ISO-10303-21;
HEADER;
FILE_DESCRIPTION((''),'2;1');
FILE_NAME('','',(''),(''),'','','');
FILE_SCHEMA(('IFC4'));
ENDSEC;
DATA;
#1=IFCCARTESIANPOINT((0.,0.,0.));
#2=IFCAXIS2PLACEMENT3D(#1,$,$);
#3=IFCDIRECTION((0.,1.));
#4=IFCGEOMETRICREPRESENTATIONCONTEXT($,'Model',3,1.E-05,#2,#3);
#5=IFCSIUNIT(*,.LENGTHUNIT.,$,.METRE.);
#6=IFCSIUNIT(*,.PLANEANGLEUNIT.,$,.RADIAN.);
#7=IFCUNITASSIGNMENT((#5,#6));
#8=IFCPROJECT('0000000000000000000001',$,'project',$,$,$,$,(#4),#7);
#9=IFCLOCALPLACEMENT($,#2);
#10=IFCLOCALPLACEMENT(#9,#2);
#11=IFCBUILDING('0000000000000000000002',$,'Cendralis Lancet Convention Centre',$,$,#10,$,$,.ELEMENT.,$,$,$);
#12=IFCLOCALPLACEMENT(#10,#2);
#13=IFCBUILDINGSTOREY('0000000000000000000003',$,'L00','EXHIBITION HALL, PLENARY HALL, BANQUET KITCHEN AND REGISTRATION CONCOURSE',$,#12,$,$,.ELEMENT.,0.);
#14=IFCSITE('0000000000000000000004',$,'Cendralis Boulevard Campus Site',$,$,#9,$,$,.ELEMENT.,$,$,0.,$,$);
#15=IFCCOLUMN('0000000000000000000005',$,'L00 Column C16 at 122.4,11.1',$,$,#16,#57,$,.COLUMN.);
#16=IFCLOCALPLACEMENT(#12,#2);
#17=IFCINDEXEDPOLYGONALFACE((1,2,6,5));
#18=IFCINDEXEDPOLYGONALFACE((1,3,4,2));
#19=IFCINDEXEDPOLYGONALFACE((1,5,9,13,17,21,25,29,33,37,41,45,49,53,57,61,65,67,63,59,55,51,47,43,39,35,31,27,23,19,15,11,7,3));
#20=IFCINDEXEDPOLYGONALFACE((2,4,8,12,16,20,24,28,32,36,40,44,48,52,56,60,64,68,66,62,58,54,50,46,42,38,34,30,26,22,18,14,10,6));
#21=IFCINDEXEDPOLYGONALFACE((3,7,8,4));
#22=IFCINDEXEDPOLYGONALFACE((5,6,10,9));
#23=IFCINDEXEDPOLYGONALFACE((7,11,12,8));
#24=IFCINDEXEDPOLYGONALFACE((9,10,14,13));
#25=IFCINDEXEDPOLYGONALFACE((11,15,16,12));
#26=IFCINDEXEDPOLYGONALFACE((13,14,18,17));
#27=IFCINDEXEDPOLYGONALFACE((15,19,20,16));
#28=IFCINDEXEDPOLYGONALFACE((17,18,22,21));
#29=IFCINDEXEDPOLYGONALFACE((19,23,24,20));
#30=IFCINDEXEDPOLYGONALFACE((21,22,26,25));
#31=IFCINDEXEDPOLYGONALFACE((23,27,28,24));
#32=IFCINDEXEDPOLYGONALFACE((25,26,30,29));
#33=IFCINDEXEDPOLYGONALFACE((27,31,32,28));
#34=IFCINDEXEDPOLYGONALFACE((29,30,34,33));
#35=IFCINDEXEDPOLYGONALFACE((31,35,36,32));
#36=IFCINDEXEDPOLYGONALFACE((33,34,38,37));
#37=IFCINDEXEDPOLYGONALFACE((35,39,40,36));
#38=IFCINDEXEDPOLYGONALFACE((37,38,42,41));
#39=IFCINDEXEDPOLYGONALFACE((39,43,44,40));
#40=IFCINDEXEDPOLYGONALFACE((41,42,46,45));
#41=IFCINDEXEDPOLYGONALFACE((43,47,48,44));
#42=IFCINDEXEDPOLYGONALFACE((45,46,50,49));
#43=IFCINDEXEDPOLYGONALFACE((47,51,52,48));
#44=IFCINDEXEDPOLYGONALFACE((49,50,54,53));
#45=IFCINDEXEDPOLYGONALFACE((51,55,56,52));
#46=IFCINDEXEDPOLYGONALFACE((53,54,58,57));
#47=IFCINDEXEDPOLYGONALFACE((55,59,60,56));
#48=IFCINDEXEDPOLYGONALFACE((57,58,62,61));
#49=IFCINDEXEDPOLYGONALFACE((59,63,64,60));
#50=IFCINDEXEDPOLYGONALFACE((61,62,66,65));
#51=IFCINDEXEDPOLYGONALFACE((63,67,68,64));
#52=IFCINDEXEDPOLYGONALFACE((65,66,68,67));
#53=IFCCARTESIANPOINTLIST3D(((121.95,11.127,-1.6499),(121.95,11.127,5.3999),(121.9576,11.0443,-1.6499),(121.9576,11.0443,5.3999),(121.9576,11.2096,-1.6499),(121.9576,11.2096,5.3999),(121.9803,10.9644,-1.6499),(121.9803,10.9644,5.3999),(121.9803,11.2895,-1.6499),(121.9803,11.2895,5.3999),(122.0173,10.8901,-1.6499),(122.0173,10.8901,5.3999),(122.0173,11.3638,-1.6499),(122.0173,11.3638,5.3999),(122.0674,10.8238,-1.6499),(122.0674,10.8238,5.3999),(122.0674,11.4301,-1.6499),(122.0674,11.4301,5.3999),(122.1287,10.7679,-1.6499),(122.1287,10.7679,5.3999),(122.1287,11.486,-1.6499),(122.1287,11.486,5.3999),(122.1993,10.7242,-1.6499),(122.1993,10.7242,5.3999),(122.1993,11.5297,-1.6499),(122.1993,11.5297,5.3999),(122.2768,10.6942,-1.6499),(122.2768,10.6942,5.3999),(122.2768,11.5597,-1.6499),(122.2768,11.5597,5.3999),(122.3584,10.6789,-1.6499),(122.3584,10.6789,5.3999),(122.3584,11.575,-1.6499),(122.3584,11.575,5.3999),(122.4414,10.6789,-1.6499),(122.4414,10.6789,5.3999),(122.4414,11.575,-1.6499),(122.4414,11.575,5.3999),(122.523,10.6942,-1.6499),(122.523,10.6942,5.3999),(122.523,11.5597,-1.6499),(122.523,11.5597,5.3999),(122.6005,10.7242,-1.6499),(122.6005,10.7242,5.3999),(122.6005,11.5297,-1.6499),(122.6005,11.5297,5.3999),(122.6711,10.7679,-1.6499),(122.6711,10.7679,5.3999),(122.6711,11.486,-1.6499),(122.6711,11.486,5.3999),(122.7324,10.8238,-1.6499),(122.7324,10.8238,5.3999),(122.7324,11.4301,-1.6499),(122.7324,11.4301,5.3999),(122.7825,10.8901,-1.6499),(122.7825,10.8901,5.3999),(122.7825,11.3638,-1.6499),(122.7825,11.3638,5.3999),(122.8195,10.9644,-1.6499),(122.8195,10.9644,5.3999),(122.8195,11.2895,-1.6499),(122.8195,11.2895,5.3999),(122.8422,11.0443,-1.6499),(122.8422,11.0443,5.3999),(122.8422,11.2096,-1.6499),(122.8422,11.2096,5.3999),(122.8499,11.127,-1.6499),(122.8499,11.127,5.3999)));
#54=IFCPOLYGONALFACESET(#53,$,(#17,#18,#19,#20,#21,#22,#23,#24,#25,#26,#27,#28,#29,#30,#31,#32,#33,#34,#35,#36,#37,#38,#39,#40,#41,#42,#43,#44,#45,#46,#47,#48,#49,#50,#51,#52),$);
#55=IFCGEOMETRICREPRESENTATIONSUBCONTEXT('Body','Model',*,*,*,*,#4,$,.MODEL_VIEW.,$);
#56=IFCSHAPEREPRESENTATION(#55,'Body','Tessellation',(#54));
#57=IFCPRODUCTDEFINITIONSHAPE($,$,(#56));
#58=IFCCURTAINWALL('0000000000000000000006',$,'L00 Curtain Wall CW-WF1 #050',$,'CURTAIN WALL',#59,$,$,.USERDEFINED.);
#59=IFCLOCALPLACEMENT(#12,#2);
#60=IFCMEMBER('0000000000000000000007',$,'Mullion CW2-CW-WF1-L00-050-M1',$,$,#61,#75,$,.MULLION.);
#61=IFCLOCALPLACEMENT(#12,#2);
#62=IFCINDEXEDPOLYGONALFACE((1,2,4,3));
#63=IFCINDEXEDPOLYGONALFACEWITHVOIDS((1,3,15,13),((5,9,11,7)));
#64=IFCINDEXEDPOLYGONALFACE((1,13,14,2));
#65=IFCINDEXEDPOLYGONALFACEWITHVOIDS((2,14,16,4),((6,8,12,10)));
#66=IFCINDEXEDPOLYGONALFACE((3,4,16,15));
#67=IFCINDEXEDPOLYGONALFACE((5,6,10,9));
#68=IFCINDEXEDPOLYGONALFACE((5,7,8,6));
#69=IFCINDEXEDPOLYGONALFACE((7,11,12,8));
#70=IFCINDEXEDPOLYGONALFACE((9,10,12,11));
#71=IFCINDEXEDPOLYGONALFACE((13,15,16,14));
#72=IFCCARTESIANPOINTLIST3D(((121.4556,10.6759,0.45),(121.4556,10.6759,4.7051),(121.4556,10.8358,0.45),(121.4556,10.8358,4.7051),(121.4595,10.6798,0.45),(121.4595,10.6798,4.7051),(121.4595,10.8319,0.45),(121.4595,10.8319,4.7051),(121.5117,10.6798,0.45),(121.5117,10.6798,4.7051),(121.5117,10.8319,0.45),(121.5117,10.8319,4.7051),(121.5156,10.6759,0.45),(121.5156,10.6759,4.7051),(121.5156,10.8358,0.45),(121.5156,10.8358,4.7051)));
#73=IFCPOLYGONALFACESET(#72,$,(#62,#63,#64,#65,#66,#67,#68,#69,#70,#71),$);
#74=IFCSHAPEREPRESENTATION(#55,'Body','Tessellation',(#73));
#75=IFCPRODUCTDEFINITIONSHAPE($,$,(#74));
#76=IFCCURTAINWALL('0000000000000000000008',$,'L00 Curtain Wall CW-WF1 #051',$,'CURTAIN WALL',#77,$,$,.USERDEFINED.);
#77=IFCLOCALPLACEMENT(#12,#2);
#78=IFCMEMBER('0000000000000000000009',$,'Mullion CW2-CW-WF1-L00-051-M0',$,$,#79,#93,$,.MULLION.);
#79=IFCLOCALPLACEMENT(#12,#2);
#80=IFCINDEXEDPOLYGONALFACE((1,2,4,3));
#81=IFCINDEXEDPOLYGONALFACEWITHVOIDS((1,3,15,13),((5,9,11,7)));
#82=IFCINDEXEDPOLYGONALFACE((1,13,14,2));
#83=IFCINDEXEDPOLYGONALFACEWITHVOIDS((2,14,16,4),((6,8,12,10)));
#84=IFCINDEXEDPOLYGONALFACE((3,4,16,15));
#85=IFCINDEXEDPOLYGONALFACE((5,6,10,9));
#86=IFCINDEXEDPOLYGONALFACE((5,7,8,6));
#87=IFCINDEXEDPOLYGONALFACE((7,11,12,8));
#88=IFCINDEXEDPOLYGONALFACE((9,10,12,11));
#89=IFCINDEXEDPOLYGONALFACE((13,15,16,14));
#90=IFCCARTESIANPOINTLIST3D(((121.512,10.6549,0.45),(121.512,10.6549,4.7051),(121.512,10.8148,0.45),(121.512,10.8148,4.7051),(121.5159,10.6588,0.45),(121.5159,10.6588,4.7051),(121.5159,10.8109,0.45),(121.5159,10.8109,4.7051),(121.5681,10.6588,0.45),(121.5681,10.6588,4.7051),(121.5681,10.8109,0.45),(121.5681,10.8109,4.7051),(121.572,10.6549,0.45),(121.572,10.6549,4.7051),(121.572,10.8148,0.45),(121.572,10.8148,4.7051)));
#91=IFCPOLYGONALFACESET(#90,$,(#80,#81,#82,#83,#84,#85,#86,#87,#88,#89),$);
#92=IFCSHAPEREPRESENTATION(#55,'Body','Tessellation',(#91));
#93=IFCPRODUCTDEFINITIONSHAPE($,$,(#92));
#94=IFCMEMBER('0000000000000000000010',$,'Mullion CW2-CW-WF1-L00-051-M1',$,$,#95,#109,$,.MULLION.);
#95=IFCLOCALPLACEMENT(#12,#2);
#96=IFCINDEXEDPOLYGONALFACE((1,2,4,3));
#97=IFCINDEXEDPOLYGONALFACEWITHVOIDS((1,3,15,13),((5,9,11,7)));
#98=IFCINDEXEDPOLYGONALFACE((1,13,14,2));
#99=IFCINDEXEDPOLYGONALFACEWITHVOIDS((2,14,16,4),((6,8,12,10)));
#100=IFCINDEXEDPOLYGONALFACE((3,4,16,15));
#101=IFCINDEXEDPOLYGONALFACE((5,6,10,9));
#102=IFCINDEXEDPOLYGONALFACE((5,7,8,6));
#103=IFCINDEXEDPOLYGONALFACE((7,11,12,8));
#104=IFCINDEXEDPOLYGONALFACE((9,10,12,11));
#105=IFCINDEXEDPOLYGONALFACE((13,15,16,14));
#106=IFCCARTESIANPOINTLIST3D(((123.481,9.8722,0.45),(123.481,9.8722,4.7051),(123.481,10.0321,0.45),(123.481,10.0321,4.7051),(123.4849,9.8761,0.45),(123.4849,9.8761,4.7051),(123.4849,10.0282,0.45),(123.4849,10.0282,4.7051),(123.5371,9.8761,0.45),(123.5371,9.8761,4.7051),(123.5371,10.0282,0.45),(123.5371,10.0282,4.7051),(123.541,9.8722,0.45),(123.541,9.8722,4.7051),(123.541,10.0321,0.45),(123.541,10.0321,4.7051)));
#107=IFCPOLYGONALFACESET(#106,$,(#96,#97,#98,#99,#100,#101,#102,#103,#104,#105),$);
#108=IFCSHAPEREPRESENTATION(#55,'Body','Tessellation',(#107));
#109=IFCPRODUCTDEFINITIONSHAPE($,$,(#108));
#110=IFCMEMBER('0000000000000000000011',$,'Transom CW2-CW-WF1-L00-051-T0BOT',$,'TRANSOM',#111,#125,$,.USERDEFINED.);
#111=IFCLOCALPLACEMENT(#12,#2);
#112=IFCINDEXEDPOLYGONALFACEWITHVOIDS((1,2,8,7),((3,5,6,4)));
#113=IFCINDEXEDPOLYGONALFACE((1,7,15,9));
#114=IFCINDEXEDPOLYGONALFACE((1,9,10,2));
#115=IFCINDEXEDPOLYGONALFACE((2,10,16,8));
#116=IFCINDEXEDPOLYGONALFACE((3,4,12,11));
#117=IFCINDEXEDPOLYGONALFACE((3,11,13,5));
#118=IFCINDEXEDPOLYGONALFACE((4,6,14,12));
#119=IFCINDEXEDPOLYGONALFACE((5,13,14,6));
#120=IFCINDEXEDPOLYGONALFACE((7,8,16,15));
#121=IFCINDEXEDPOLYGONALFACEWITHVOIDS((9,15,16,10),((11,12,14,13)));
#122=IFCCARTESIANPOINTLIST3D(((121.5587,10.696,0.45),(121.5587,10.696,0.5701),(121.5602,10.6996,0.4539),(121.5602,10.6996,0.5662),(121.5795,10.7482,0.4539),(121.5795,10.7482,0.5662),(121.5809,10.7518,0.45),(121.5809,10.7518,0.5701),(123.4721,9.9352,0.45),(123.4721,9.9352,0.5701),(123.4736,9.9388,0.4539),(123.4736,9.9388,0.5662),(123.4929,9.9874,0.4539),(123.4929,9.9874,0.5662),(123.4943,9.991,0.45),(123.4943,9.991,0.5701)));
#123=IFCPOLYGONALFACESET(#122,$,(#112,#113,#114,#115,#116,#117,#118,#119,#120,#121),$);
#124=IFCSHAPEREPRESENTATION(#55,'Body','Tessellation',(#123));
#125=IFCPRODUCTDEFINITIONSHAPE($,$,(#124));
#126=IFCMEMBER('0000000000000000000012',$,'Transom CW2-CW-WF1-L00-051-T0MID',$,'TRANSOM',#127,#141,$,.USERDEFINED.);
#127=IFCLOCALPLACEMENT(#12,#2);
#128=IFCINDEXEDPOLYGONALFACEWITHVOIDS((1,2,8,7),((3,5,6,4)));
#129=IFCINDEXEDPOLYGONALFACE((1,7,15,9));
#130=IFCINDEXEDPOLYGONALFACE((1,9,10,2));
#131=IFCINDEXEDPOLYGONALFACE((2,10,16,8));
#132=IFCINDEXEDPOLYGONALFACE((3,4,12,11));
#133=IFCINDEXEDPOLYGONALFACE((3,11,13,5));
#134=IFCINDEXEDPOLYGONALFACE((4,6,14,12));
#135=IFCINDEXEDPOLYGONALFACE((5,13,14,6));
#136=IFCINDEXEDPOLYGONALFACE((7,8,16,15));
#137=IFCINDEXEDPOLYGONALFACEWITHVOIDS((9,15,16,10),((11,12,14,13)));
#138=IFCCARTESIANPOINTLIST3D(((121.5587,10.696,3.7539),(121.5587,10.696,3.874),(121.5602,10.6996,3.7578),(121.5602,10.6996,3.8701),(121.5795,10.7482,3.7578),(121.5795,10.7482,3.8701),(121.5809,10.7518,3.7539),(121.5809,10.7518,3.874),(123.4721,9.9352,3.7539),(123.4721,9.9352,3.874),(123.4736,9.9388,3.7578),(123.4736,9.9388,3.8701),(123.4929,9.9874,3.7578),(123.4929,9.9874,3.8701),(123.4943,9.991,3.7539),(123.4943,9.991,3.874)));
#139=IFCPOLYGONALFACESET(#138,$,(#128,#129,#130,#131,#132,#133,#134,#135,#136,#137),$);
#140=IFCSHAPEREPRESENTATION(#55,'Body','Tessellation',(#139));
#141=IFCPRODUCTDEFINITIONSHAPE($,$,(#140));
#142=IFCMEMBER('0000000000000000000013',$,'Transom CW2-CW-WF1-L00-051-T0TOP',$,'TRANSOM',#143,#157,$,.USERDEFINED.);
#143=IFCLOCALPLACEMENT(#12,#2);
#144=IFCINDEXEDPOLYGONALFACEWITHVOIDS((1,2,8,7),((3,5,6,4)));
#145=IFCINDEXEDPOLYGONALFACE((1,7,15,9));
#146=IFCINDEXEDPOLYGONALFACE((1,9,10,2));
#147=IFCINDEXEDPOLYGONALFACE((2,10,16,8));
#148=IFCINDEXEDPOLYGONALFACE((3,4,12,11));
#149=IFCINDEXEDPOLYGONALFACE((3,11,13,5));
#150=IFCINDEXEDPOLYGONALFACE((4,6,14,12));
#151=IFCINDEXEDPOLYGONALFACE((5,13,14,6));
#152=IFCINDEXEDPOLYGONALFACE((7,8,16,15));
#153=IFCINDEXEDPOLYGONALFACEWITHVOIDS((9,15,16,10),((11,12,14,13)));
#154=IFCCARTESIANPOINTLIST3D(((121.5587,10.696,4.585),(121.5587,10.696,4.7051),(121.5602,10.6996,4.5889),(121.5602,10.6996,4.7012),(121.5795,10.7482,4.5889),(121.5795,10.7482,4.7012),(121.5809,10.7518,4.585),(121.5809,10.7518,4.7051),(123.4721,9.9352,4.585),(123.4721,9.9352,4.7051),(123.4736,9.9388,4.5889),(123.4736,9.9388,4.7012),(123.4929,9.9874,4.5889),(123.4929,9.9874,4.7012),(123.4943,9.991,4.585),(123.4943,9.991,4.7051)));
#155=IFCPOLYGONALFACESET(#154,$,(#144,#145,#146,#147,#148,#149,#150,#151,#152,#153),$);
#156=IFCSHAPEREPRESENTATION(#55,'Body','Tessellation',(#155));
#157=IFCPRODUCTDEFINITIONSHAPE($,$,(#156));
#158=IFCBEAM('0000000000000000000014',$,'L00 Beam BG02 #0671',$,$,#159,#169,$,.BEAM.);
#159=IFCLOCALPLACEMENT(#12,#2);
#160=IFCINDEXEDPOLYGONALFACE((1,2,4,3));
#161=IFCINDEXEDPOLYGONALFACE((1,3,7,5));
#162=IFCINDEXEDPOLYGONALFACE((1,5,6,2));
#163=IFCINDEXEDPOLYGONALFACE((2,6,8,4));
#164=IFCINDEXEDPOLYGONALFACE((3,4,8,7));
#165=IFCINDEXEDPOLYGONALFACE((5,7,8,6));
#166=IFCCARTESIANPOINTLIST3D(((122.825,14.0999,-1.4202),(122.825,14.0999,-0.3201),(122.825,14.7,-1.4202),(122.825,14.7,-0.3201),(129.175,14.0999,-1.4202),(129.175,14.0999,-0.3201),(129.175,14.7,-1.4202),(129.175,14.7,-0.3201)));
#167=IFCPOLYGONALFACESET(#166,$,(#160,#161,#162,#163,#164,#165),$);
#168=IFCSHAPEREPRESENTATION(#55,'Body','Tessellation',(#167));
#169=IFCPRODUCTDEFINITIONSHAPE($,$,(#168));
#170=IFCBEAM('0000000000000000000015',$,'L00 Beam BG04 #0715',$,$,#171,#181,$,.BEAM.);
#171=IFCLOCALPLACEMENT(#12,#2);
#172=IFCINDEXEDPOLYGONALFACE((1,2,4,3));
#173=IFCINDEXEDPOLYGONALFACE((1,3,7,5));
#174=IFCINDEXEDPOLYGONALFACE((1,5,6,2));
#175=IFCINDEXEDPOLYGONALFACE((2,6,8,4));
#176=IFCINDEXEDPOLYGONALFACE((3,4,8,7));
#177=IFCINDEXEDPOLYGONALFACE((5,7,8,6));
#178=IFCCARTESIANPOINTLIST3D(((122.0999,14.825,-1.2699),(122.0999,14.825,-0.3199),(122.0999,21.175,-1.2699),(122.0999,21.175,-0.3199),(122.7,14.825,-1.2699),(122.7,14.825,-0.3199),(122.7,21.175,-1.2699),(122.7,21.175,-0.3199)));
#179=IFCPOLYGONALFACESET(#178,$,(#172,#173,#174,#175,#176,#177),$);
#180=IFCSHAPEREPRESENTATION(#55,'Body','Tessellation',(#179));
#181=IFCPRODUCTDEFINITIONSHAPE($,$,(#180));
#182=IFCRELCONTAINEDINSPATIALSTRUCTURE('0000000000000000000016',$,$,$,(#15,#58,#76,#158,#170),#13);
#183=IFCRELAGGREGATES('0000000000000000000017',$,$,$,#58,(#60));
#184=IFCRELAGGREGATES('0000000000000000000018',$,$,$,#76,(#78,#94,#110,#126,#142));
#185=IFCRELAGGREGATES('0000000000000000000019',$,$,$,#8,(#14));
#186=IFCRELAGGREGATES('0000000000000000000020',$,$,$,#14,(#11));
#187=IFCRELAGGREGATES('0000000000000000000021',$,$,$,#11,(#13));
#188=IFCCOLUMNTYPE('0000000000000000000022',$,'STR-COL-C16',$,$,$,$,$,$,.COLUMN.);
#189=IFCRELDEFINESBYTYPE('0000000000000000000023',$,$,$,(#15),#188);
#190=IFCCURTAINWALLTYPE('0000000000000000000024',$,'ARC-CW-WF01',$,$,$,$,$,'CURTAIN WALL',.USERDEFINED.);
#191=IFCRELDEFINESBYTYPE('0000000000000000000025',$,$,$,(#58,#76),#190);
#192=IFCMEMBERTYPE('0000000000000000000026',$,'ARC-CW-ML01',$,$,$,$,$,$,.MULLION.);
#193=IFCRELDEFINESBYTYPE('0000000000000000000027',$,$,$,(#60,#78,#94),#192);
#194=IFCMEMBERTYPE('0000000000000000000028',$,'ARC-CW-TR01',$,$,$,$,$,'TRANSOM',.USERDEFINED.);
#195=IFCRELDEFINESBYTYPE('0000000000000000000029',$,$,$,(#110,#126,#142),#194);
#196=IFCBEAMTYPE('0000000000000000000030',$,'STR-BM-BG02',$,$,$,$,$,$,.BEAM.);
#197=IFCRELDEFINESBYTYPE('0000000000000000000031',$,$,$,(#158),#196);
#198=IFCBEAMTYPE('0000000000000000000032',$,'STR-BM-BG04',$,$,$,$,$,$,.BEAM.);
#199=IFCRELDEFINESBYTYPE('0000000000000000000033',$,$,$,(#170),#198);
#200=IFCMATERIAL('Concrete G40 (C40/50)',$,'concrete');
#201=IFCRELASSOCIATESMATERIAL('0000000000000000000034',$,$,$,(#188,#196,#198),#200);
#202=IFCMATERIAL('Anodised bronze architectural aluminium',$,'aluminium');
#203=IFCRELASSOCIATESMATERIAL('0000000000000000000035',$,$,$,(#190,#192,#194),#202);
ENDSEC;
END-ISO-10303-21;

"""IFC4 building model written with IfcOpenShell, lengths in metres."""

from ifc_helpers import new_model, si_unit, direction, frame, origin, origin_2d, place, context, subcontext, project, spatial, rectangle, hollow_rectangle, circle, extrude, material, material_profile, profile_set, type_object, element, aggregate, save


model = new_model("IFC4")

# Units and contexts
model_context = context("Model", 3, precision=1e-05, world=origin(), true_north=direction((0.0, 1.0)))
body_context = subcontext(model_context, "Body", "Model", "MODEL_VIEW")
ifc_project = project(units=[si_unit("LENGTHUNIT", "METRE"), si_unit("PLANEANGLEUNIT", "RADIAN")], contexts=[model_context])

# Site, building, storey
site_placement = place(None, origin())
site = spatial("IfcSite", under=ifc_project, at=site_placement, Name="Cendralis Boulevard Campus Site", CompositionType="ELEMENT", RefElevation=0.0)
building_placement = place(site_placement, origin())
building = spatial("IfcBuilding", under=site, at=building_placement, Name="Cendralis Lancet Convention Centre", CompositionType="ELEMENT")
storey_placement = place(building_placement, origin())
storey = spatial("IfcBuildingStorey", under=building, at=storey_placement, Name="L00", Description="EXHIBITION HALL, PLENARY HALL, BANQUET KITCHEN AND REGISTRATION CONCOURSE", CompositionType="ELEMENT", Elevation=0.0)

# Column
ifc_material_1 = material(Name="Concrete G40 (C40/50)", Category="concrete")
ifc_material_profile_1 = material_profile(ifc_material_1, circle(Radius=0.45, at=origin_2d()), Name="RC D900")
ifc_profile_set_1 = profile_set([ifc_material_profile_1], Name="Concrete G40 (C40/50)")
column_type_1 = type_object("IfcColumnType", Name="STR-COL-C16", PredefinedType="COLUMN", material=ifc_profile_set_1)
column_1_placement = place(storey_placement, frame((122.3999, 11.127, -1.6499), z_axis=(0.0, 0.0, 1.0), x_axis=(1.0, 0.0, 0.0)))
element("IfcColumn", 1, at=column_1_placement, inside=storey, type_object=column_type_1, Name="L00 Column C16 at 122.4,11.1", PredefinedType="COLUMN", context=body_context, shape_type="SweptSolid", body=[
    extrude(circle(Radius=0.45, at=origin_2d()), origin(), (0.0, 0.0, 1.0), 7.0498),
])

# Curtain wall, member
ifc_material_2 = material(Name="Anodised bronze architectural aluminium", Category="aluminium")
curtain_wall_type = type_object("IfcCurtainWallType", Name="ARC-CW-WF01", ElementType="CURTAIN WALL", PredefinedType="USERDEFINED", material=ifc_material_2)
curtain_wall_1_placement = place(storey_placement, origin())
curtain_wall_1 = element("IfcCurtainWall", 2, at=curtain_wall_1_placement, inside=storey, type_object=curtain_wall_type, Name="L00 Curtain Wall CW-WF1 #050", ObjectType="CURTAIN WALL", PredefinedType="USERDEFINED")
ifc_material_profile_2 = material_profile(ifc_material_2, hollow_rectangle(XDim=0.0601, YDim=0.1599, WallThickness=0.0039, at=origin_2d()), Name="AL-MULL 60x160x4.0")
ifc_profile_set_2 = profile_set([ifc_material_profile_2], Name="Anodised bronze architectural aluminium")
member_type_1 = type_object("IfcMemberType", Name="ARC-CW-ML01", PredefinedType="MULLION", material=ifc_profile_set_2)
member_1_placement = place(storey_placement, frame((121.4856, 10.7559, 0.45), z_axis=(0.0, 0.0, 1.0), x_axis=(1.0, 0.0, 0.0)))
member_1 = element("IfcMember", 3, at=member_1_placement, type_object=member_type_1, Name="Mullion CW2-CW-WF1-L00-050-M1", PredefinedType="MULLION", context=body_context, shape_type="SweptSolid", body=[
    extrude(hollow_rectangle(XDim=0.0601, YDim=0.1599, WallThickness=0.0039, at=origin_2d()), origin(), (0.0, 0.0, 1.0), 4.2551),
])

# Curtain wall, members
curtain_wall_2_placement = place(storey_placement, origin())
curtain_wall_2 = element("IfcCurtainWall", 4, at=curtain_wall_2_placement, inside=storey, type_object=curtain_wall_type, Name="L00 Curtain Wall CW-WF1 #051", ObjectType="CURTAIN WALL", PredefinedType="USERDEFINED")
member_2_placement = place(storey_placement, frame((121.542, 10.7349, 0.45), z_axis=(0.0, 0.0, 1.0), x_axis=(1.0, 0.0, 0.0)))
member_2 = element("IfcMember", 5, at=member_2_placement, type_object=member_type_1, Name="Mullion CW2-CW-WF1-L00-051-M0", PredefinedType="MULLION", context=body_context, shape_type="SweptSolid", body=[
    extrude(hollow_rectangle(XDim=0.0601, YDim=0.1599, WallThickness=0.0039, at=origin_2d()), origin(), (0.0, 0.0, 1.0), 4.2551),
])
member_3_placement = place(storey_placement, frame((123.511, 9.9521, 0.45), z_axis=(0.0, 0.0, 1.0), x_axis=(1.0, 0.0, 0.0)))
member_3 = element("IfcMember", 6, at=member_3_placement, type_object=member_type_1, Name="Mullion CW2-CW-WF1-L00-051-M1", PredefinedType="MULLION", context=body_context, shape_type="SweptSolid", body=[
    extrude(hollow_rectangle(XDim=0.0601, YDim=0.1599, WallThickness=0.0039, at=origin_2d()), origin(), (0.0, 0.0, 1.0), 4.2551),
])
ifc_material_profile_3 = material_profile(ifc_material_2, hollow_rectangle(XDim=0.0601, YDim=0.1201, WallThickness=0.0039, at=origin_2d()), Name="AL-TRAN 60x120x4.0")
ifc_profile_set_3 = profile_set([ifc_material_profile_3], Name="Anodised bronze architectural aluminium")
member_type_2 = type_object("IfcMemberType", Name="ARC-CW-TR01", ElementType="TRANSOM", PredefinedType="USERDEFINED", material=ifc_profile_set_3)
member_4_placement = place(storey_placement, frame((121.5698, 10.7239, 0.51), z_axis=(0.929243, -0.369468, 0.0), x_axis=(0.369468, 0.929243, 0.0)))
member_4 = element("IfcMember", 7, at=member_4_placement, type_object=member_type_2, Name="Transom CW2-CW-WF1-L00-051-T0BOT", ObjectType="TRANSOM", PredefinedType="USERDEFINED", context=body_context, shape_type="SweptSolid", body=[
    extrude(hollow_rectangle(XDim=0.0601, YDim=0.1201, WallThickness=0.0039, at=origin_2d()), origin(), (0.0, 0.0, 1.0), 2.0591),
])
member_5_placement = place(storey_placement, frame((121.5698, 10.7239, 3.814), z_axis=(0.929243, -0.369468, 0.0), x_axis=(0.369468, 0.929243, 0.0)))
member_5 = element("IfcMember", 8, at=member_5_placement, type_object=member_type_2, Name="Transom CW2-CW-WF1-L00-051-T0MID", ObjectType="TRANSOM", PredefinedType="USERDEFINED", context=body_context, shape_type="SweptSolid", body=[
    extrude(hollow_rectangle(XDim=0.0601, YDim=0.1201, WallThickness=0.0039, at=origin_2d()), origin(), (0.0, 0.0, 1.0), 2.0591),
])
member_6_placement = place(storey_placement, frame((121.5698, 10.7239, 4.645), z_axis=(0.929243, -0.369468, 0.0), x_axis=(0.369468, 0.929243, 0.0)))
member_6 = element("IfcMember", 9, at=member_6_placement, type_object=member_type_2, Name="Transom CW2-CW-WF1-L00-051-T0TOP", ObjectType="TRANSOM", PredefinedType="USERDEFINED", context=body_context, shape_type="SweptSolid", body=[
    extrude(hollow_rectangle(XDim=0.0601, YDim=0.1201, WallThickness=0.0039, at=origin_2d()), origin(), (0.0, 0.0, 1.0), 2.0591),
])

# Beams
ifc_material_profile_4 = material_profile(ifc_material_1, rectangle(XDim=0.6001, YDim=1.1001, at=origin_2d()), Name="RCB 600x1100")
ifc_profile_set_4 = profile_set([ifc_material_profile_4], Name="Concrete G40 (C40/50)")
beam_type_1 = type_object("IfcBeamType", Name="STR-BM-BG02", PredefinedType="BEAM", material=ifc_profile_set_4)
beam_1_placement = place(storey_placement, frame((122.825, 14.3999, -0.8701), z_axis=(1.0, 0.0, 0.0), x_axis=(0.0, 1.0, 0.0)))
element("IfcBeam", 10, at=beam_1_placement, inside=storey, type_object=beam_type_1, Name="L00 Beam BG02 #0671", PredefinedType="BEAM", context=body_context, shape_type="SweptSolid", body=[
    extrude(rectangle(XDim=0.6001, YDim=1.1001, at=origin_2d()), origin(), (0.0, 0.0, 1.0), 6.3501),
])
ifc_material_profile_5 = material_profile(ifc_material_1, rectangle(XDim=0.6001, YDim=0.95, at=origin_2d()), Name="RCB 600x950")
ifc_profile_set_5 = profile_set([ifc_material_profile_5], Name="Concrete G40 (C40/50)")
beam_type_2 = type_object("IfcBeamType", Name="STR-BM-BG04", PredefinedType="BEAM", material=ifc_profile_set_5)
beam_2_placement = place(storey_placement, frame((122.3999, 14.825, -0.7949), z_axis=(0.0, 1.0, 0.0), x_axis=(-1.0, 0.0, 0.0)))
element("IfcBeam", 11, at=beam_2_placement, inside=storey, type_object=beam_type_2, Name="L00 Beam BG04 #0715", PredefinedType="BEAM", context=body_context, shape_type="SweptSolid", body=[
    extrude(rectangle(XDim=0.6001, YDim=0.95, at=origin_2d()), origin(), (0.0, 0.0, 1.0), 6.3501),
])

aggregate(curtain_wall_1, [member_1])
aggregate(curtain_wall_2, [member_2, member_3, member_4, member_5, member_6])

save(model, "model.ifc")
